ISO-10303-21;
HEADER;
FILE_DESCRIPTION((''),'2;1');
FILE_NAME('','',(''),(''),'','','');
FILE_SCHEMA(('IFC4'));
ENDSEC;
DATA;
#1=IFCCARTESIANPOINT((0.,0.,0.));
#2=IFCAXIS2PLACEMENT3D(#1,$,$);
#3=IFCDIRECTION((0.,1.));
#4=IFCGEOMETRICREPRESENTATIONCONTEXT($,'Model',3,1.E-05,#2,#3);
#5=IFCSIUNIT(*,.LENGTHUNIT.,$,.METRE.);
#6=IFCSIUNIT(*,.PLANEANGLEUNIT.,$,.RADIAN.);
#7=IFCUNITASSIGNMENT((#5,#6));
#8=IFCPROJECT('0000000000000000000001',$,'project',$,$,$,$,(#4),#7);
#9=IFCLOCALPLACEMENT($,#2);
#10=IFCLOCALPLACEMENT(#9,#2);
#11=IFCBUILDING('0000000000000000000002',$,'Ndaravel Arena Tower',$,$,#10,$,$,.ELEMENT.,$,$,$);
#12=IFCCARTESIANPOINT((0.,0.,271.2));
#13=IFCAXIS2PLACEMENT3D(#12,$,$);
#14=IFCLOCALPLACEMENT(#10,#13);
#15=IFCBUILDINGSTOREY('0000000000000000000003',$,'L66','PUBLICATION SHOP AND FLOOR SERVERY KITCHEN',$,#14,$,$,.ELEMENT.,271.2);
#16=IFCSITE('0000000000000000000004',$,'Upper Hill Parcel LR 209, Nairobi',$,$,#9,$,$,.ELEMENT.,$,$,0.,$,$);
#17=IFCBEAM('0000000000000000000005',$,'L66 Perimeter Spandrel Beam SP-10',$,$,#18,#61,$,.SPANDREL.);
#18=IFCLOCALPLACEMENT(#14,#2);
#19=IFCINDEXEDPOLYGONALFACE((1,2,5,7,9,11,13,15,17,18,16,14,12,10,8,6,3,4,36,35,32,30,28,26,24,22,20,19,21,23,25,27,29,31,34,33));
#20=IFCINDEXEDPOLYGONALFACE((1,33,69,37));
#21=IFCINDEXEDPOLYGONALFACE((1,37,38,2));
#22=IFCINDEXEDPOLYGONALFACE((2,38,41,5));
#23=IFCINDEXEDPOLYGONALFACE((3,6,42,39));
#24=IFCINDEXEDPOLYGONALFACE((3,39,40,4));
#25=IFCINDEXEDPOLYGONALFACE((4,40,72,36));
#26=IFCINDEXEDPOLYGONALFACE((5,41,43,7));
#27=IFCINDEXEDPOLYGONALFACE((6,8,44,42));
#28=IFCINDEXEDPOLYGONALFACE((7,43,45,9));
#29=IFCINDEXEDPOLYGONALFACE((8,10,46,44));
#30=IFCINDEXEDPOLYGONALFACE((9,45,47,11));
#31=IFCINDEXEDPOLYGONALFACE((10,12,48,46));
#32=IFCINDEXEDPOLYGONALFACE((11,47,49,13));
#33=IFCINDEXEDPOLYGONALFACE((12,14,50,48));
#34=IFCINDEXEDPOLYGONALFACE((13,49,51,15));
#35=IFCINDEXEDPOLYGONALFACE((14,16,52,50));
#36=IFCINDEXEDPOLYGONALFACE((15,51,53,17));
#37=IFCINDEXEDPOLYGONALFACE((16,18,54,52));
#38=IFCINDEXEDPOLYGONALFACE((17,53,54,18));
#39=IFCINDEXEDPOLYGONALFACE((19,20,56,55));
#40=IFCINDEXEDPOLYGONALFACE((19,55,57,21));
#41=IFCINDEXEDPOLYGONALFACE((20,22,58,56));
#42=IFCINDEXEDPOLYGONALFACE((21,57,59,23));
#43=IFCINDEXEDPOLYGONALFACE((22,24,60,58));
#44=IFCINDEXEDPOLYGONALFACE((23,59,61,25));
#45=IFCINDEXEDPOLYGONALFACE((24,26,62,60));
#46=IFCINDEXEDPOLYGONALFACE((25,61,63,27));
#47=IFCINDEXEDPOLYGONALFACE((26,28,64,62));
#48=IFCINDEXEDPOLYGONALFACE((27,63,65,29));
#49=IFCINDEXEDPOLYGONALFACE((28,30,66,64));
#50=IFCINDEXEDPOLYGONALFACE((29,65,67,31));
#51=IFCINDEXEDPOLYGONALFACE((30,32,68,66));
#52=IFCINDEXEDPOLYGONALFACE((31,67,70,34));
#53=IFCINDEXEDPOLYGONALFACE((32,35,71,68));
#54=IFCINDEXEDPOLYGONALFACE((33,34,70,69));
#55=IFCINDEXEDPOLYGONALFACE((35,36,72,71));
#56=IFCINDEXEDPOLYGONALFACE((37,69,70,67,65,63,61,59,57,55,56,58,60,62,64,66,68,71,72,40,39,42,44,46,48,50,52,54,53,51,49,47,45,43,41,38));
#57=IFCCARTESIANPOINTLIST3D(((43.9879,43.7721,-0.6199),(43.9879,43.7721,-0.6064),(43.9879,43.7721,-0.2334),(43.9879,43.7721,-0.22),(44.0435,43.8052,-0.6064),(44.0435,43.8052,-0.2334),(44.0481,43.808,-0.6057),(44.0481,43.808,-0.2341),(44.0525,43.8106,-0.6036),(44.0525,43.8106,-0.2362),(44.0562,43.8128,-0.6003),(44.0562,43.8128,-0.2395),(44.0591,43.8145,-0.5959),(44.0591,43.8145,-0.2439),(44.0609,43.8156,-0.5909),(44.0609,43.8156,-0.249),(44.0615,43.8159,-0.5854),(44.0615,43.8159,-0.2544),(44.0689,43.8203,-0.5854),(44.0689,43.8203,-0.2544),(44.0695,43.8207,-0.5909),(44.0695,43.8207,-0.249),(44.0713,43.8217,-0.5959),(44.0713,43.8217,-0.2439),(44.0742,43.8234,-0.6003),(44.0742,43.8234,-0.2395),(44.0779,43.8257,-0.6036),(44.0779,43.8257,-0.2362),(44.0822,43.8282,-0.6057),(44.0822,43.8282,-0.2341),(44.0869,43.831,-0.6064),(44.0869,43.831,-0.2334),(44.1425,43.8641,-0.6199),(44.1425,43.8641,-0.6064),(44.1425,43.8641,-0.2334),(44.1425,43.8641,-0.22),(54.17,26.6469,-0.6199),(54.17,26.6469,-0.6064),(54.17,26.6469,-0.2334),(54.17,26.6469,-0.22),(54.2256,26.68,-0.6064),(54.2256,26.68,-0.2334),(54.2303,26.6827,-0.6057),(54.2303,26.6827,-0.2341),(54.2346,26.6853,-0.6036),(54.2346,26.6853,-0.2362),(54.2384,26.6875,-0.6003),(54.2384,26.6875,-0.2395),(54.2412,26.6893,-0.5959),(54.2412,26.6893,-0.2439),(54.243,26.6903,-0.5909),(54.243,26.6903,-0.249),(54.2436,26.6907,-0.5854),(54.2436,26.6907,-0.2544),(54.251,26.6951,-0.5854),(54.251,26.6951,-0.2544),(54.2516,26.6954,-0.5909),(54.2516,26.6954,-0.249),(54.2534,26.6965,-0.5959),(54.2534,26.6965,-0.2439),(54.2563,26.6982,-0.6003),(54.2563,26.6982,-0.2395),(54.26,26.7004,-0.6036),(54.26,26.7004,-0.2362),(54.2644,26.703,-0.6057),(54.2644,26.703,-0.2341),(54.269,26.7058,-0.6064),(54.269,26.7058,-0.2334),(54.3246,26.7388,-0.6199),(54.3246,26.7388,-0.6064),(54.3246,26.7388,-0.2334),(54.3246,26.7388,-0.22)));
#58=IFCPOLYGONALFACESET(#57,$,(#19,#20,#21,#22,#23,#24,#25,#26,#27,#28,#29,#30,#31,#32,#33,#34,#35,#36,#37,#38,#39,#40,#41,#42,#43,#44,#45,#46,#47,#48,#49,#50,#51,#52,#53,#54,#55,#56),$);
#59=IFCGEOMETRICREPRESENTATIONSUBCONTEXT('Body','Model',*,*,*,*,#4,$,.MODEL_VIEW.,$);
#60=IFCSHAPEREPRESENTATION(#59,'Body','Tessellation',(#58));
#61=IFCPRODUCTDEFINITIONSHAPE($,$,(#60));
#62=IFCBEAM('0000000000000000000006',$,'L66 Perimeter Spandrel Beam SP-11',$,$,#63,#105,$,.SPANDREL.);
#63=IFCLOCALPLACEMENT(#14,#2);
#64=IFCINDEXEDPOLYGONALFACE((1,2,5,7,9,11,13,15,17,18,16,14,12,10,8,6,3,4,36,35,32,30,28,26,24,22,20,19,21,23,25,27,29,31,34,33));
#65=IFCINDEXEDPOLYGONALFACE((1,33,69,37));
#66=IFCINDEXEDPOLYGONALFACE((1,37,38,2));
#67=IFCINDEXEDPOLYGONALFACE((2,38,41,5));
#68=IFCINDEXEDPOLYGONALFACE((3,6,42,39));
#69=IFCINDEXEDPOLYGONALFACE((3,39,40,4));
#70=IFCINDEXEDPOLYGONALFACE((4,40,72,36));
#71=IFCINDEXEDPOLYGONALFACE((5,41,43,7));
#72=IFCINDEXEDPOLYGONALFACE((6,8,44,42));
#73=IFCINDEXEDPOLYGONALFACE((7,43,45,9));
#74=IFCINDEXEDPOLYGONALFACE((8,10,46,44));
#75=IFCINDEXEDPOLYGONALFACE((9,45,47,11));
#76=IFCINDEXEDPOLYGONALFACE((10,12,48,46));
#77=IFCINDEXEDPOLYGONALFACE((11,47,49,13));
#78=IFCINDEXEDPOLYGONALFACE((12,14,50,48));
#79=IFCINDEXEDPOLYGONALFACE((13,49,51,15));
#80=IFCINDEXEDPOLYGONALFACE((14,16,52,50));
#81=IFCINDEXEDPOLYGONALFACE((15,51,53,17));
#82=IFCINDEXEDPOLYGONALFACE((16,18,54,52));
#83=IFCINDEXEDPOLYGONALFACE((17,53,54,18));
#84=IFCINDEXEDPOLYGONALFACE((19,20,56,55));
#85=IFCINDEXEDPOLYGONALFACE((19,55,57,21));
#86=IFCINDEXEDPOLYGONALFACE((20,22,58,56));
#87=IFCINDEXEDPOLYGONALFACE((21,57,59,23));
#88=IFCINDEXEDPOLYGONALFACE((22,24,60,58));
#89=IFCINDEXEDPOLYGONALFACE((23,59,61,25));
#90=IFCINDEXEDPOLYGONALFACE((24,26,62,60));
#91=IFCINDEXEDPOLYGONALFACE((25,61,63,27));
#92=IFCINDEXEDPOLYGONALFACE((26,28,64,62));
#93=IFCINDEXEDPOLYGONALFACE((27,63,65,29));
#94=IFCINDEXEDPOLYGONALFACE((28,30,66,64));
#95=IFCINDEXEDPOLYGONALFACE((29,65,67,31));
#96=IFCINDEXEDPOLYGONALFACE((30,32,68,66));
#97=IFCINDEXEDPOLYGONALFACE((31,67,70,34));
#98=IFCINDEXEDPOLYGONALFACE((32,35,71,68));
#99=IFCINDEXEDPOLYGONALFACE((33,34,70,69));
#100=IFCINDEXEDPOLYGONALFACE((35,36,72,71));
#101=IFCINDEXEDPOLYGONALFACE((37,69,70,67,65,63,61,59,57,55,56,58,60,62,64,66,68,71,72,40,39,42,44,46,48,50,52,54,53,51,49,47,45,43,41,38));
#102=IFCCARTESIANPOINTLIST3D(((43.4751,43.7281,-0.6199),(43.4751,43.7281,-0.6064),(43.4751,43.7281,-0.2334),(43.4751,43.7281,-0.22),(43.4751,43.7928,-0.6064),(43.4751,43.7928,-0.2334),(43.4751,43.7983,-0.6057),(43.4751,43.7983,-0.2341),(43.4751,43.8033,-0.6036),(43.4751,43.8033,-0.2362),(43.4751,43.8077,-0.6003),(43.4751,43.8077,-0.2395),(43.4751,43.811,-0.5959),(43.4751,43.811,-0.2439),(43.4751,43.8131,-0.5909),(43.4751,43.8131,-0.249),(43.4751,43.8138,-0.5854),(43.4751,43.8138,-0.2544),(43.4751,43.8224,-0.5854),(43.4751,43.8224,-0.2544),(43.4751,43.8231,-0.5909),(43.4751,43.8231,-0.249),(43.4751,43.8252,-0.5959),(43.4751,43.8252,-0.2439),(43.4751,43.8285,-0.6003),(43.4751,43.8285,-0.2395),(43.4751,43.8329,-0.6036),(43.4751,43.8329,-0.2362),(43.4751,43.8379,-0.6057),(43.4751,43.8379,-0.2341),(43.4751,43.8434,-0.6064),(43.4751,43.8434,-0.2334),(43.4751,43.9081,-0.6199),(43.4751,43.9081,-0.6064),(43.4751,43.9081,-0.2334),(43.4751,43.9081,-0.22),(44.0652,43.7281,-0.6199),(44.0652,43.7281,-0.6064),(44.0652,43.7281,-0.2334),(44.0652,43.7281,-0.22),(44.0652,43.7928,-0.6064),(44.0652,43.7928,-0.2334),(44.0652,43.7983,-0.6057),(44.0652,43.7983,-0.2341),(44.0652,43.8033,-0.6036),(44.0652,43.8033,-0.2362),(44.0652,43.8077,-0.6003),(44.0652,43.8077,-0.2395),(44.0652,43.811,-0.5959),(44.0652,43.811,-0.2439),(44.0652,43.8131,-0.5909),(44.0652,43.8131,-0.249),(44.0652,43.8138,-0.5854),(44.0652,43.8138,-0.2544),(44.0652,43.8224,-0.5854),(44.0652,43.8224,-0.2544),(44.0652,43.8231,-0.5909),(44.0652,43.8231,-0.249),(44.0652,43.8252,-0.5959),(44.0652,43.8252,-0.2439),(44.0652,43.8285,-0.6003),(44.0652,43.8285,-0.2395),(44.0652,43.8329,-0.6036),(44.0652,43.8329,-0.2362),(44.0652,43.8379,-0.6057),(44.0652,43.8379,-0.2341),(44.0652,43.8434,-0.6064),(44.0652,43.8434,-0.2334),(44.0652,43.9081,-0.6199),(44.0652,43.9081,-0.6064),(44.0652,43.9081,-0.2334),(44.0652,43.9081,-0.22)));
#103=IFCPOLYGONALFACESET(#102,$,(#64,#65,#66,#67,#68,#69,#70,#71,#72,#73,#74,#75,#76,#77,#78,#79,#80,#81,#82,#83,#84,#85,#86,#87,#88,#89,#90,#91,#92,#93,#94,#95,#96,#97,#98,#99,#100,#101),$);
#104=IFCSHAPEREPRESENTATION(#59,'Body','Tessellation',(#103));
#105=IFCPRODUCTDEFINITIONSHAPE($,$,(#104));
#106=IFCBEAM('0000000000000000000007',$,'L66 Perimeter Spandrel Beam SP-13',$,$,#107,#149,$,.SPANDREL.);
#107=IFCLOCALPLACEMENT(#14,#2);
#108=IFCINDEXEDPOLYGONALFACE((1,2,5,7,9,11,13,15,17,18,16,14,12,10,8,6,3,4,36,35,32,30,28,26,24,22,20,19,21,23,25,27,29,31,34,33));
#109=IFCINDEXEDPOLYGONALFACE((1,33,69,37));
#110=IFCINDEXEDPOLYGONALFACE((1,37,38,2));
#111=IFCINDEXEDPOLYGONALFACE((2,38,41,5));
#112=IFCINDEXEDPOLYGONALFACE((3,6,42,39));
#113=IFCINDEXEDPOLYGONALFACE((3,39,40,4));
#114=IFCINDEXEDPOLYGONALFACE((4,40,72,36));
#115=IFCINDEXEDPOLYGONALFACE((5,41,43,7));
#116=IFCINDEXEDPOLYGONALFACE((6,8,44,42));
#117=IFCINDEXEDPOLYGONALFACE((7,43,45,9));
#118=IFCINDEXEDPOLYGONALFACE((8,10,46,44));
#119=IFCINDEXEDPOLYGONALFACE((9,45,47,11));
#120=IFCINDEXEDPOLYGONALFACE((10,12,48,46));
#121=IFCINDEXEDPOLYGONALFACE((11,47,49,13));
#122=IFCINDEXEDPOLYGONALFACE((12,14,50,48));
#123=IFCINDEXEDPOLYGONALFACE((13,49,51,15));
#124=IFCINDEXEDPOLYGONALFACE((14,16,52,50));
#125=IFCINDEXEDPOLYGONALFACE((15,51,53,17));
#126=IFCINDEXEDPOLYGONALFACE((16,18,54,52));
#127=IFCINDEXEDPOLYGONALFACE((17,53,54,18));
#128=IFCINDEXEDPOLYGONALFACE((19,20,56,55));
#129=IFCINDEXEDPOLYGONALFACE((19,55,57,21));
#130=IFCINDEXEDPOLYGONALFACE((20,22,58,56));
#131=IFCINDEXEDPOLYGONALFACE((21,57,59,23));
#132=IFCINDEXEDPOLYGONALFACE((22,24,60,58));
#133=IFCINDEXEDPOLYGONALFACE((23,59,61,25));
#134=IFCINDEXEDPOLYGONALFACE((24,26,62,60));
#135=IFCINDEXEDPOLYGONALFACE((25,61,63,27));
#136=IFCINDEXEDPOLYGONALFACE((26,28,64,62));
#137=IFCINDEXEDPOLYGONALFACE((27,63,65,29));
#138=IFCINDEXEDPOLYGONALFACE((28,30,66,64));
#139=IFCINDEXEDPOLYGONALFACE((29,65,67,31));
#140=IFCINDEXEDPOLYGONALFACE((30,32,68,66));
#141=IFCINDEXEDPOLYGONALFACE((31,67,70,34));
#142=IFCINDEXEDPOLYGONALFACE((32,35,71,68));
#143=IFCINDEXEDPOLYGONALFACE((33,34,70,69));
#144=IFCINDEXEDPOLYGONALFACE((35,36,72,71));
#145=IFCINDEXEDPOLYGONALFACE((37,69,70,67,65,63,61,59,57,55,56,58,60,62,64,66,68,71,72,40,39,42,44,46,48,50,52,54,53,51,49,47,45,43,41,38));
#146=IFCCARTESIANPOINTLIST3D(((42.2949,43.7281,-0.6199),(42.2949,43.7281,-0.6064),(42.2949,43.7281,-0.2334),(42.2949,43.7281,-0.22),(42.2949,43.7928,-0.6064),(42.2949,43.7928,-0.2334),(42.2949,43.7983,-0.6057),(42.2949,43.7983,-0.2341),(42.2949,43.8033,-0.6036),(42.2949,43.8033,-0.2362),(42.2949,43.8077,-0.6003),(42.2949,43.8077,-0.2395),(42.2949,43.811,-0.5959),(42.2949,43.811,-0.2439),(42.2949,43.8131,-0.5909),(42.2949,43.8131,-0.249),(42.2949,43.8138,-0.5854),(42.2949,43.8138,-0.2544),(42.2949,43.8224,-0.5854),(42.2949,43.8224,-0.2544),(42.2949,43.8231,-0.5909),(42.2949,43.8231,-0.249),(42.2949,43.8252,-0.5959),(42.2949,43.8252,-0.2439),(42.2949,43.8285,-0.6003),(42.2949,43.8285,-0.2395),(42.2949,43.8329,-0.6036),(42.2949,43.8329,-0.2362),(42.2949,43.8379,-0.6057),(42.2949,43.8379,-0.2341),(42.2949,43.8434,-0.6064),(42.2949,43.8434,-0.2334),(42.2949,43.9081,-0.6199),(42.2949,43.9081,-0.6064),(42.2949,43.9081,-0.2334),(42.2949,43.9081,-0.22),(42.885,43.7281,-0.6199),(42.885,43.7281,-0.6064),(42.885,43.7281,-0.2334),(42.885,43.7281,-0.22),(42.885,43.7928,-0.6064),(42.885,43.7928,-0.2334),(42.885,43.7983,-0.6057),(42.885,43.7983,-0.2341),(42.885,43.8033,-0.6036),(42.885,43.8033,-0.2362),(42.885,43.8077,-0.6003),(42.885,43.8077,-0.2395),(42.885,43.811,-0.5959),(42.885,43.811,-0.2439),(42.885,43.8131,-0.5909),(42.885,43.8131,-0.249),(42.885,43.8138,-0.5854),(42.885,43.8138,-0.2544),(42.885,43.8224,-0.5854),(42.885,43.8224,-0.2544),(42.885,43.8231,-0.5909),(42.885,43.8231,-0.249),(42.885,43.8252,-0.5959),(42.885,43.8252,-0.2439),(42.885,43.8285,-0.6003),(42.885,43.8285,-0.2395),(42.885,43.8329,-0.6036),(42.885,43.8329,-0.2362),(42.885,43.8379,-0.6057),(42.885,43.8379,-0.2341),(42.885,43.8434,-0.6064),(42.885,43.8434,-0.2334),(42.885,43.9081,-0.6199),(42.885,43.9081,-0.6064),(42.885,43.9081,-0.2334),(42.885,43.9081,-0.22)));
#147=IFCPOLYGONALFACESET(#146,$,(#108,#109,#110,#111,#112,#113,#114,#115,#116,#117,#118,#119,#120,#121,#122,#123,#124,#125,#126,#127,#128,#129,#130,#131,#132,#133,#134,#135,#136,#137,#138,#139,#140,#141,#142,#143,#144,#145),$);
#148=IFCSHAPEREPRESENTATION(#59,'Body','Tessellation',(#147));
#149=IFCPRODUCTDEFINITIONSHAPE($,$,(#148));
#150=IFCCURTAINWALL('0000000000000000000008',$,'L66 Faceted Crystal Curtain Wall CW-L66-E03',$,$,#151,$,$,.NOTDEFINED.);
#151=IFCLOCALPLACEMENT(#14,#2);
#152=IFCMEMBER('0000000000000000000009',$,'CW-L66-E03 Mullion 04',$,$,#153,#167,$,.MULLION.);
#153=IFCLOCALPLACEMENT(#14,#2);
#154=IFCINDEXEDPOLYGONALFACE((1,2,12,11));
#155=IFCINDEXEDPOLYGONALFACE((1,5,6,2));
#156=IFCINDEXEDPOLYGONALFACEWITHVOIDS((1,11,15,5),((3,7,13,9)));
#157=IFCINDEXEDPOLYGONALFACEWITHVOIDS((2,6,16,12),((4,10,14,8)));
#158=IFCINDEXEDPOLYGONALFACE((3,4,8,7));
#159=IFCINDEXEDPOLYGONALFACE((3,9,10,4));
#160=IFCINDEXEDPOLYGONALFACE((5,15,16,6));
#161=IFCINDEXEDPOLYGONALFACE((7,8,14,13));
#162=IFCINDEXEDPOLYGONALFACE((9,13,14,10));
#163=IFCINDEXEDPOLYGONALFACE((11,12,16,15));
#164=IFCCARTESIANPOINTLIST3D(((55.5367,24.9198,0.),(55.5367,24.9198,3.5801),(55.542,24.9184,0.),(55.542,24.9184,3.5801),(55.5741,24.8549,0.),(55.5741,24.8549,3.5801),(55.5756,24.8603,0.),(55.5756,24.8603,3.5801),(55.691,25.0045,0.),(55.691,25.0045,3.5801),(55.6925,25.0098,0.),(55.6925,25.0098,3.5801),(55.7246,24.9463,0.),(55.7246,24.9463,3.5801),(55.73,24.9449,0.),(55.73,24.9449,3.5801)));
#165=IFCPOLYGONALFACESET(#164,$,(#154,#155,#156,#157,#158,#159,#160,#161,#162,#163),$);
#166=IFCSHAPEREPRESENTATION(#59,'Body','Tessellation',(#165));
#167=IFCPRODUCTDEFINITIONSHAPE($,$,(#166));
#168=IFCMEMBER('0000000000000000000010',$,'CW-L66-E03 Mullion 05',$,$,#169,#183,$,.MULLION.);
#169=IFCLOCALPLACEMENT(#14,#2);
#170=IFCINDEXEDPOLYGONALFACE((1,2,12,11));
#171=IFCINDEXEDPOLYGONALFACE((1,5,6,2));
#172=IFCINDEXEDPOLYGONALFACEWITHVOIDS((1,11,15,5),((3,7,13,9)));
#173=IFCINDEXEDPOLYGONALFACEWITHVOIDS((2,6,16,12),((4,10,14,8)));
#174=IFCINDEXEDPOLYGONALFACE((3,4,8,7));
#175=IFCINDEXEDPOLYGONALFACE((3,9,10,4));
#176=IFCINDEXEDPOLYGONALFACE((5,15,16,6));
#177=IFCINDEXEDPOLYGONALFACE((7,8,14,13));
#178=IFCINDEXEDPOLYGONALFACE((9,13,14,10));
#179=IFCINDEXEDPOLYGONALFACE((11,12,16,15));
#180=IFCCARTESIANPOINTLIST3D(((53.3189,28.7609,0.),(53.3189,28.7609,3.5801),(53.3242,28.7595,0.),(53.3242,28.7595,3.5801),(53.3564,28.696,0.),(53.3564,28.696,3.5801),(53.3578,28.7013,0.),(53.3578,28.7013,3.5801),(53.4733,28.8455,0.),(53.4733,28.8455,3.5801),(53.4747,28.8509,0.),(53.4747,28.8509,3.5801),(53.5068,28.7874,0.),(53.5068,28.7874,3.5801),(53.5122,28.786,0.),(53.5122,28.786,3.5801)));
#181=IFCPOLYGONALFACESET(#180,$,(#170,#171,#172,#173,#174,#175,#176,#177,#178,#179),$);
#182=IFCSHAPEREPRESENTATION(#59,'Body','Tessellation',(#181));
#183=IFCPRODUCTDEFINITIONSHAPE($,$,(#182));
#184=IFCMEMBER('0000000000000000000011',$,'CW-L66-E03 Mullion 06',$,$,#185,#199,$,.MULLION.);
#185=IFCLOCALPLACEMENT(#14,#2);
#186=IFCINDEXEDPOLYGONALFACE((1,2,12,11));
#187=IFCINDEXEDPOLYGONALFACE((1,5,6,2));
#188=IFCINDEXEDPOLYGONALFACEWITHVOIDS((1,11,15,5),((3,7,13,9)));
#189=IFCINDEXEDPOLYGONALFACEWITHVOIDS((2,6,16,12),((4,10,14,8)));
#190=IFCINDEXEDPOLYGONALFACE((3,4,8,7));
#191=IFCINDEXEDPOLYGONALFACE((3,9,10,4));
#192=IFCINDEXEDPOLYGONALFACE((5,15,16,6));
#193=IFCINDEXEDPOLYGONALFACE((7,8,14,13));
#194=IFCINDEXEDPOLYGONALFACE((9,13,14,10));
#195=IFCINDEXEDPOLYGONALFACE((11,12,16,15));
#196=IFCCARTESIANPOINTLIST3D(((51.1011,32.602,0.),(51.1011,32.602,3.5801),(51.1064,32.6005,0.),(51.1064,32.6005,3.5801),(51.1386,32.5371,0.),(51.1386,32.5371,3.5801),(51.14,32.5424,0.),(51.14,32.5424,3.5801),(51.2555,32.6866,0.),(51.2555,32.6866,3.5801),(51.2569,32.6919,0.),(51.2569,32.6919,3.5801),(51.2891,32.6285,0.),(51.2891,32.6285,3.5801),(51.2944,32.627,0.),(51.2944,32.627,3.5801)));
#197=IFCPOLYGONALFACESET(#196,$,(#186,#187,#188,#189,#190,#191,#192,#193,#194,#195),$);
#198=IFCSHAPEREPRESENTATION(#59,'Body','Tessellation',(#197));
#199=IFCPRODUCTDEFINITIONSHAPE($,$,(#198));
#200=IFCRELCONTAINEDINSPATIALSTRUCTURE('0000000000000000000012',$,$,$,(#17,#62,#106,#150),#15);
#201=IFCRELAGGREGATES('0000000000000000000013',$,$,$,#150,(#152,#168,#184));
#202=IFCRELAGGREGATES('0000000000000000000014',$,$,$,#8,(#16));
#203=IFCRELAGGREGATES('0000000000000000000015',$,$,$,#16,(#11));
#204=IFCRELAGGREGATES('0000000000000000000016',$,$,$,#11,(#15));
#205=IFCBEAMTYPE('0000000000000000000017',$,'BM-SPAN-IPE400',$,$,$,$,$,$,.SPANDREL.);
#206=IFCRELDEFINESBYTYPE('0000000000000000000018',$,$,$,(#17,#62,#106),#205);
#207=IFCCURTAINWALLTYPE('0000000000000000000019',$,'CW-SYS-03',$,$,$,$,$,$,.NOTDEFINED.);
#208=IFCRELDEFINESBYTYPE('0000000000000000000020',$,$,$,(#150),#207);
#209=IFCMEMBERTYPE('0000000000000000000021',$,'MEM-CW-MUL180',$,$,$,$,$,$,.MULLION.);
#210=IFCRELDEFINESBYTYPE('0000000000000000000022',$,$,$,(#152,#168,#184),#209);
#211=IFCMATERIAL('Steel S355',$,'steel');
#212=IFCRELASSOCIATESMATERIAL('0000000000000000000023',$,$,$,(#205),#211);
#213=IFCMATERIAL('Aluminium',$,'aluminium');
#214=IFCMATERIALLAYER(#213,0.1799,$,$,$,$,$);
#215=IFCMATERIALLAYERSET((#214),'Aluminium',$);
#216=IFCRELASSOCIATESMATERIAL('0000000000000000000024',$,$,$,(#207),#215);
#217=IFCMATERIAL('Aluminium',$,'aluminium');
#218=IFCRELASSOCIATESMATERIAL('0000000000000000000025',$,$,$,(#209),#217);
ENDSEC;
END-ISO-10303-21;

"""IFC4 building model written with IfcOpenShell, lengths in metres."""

from ifc_helpers import new_model, si_unit, direction, frame, origin, origin_2d, place, context, subcontext, project, spatial, hollow_rectangle, i_section, extrude, material, layer, layer_set, material_profile, profile_set, type_object, element, aggregate, save


model = new_model("IFC4")

# Units and contexts
model_context = context("Model", 3, precision=1e-05, world=origin(), true_north=direction((0.0, 1.0)))
body_context = subcontext(model_context, "Body", "Model", "MODEL_VIEW")
ifc_project = project(units=[si_unit("LENGTHUNIT", "METRE"), si_unit("PLANEANGLEUNIT", "RADIAN")], contexts=[model_context])

# Site, building, storey
site_placement = place(None, origin())
site = spatial("IfcSite", under=ifc_project, at=site_placement, Name="Upper Hill Parcel LR 209, Nairobi", CompositionType="ELEMENT", RefElevation=0.0)
building_placement = place(site_placement, origin())
building = spatial("IfcBuilding", under=site, at=building_placement, Name="Ndaravel Arena Tower", CompositionType="ELEMENT")
storey_placement = place(building_placement, frame((0.0, 0.0, 271.2)))
storey = spatial("IfcBuildingStorey", under=building, at=storey_placement, Name="L66", Description="PUBLICATION SHOP AND FLOOR SERVERY KITCHEN", CompositionType="ELEMENT", Elevation=271.2)

# Beams
ifc_material_1 = material(Name="Steel S355", Category="steel")
ifc_material_profile_1 = material_profile(ifc_material_1, i_section(OverallWidth=0.1799, OverallDepth=0.3999, WebThickness=0.0085, FlangeThickness=0.0134, FilletRadius=0.021, at=origin_2d()), Name="IPE 400")
ifc_profile_set_1 = profile_set([ifc_material_profile_1], Name="Steel S355")
beam_type_1 = type_object("IfcBeamType", Name="BM-SPAN-IPE400", PredefinedType="SPANDREL", material=ifc_profile_set_1)
beam_1_placement = place(storey_placement, frame((54.2473, 26.6929, -0.4199), z_axis=(-0.511059, 0.859546, 0.0), x_axis=(-0.859546, -0.511059, 0.0)))
element("IfcBeam", 1, at=beam_1_placement, inside=storey, type_object=beam_type_1, Name="L66 Perimeter Spandrel Beam SP-10", PredefinedType="SPANDREL", context=body_context, shape_type="SweptSolid", body=[
    extrude(i_section(OverallWidth=0.1799, OverallDepth=0.3999, WebThickness=0.0085, FlangeThickness=0.0134, FilletRadius=0.021, at=origin_2d()), origin(), (0.0, 0.0, 1.0), 19.9236),
])
for number, where, z_axis, x_axis, name in (
    (2, (44.0652, 43.8181, -0.4199), (-1.0, 0.0, 0.0), (0.0, -1.0, 0.0), "L66 Perimeter Spandrel Beam SP-11"),
    (3, (42.885, 43.8181, -0.4199), (-1.0, 0.0, 0.0), (0.0, -1.0, 0.0), "L66 Perimeter Spandrel Beam SP-13"),
):
    element("IfcBeam", number, at=place(storey_placement, frame(where, z_axis=z_axis, x_axis=x_axis)), inside=storey, type_object=beam_type_1, Name=name, PredefinedType="SPANDREL", context=body_context, shape_type="SweptSolid", body=[
        extrude(i_section(OverallWidth=0.1799, OverallDepth=0.3999, WebThickness=0.0085, FlangeThickness=0.0134, FilletRadius=0.021, at=origin_2d()), origin(), (0.0, 0.0, 1.0), 0.5901),
    ])

# Curtain wall, members
ifc_material_2 = material(Name="Aluminium", Category="aluminium")
ifc_layer_1 = layer(ifc_material_2, 0.1799)
ifc_layer_set_1 = layer_set([ifc_layer_1], Name="Aluminium")
curtain_wall_type_1 = type_object("IfcCurtainWallType", Name="CW-SYS-03", PredefinedType="NOTDEFINED", material=ifc_layer_set_1)
curtain_wall_1_placement = place(storey_placement, origin())
curtain_wall_1 = element("IfcCurtainWall", 4, at=curtain_wall_1_placement, inside=storey, type_object=curtain_wall_type_1, Name="L66 Faceted Crystal Curtain Wall CW-L66-E03", PredefinedType="NOTDEFINED")
ifc_material_3 = material(Name="Aluminium", Category="aluminium")
ifc_material_profile_2 = material_profile(ifc_material_3, hollow_rectangle(XDim=0.075, YDim=0.1799, WallThickness=0.0039, at=origin_2d()), Name="CW MULLION 75x180x4")
ifc_profile_set_2 = profile_set([ifc_material_profile_2], Name="Aluminium")
member_type_1 = type_object("IfcMemberType", Name="MEM-CW-MUL180", PredefinedType="MULLION", material=ifc_profile_set_2)
member_1_placement = place(storey_placement, frame((55.6333, 24.9324, 0.0), z_axis=(0.0, 0.0, 1.0), x_axis=(-0.5, 0.866025, 0.0)))
member_1 = element("IfcMember", 5, at=member_1_placement, type_object=member_type_1, Name="CW-L66-E03 Mullion 04", PredefinedType="MULLION", context=body_context, shape_type="SweptSolid", body=[
    extrude(hollow_rectangle(XDim=0.075, YDim=0.1799, WallThickness=0.0039, at=origin_2d()), origin(), (0.0, 0.0, 1.0), 3.5801),
])
member_2_placement = place(storey_placement, frame((53.4155, 28.7734, 0.0), z_axis=(0.0, 0.0, 1.0), x_axis=(-0.5, 0.866025, 0.0)))
member_2 = element("IfcMember", 6, at=member_2_placement, type_object=member_type_1, Name="CW-L66-E03 Mullion 05", PredefinedType="MULLION", context=body_context, shape_type="SweptSolid", body=[
    extrude(hollow_rectangle(XDim=0.075, YDim=0.1799, WallThickness=0.0039, at=origin_2d()), origin(), (0.0, 0.0, 1.0), 3.5801),
])
member_3_placement = place(storey_placement, frame((51.1978, 32.6145, 0.0), z_axis=(0.0, 0.0, 1.0), x_axis=(-0.5, 0.866025, 0.0)))
member_3 = element("IfcMember", 7, at=member_3_placement, type_object=member_type_1, Name="CW-L66-E03 Mullion 06", PredefinedType="MULLION", context=body_context, shape_type="SweptSolid", body=[
    extrude(hollow_rectangle(XDim=0.075, YDim=0.1799, WallThickness=0.0039, at=origin_2d()), origin(), (0.0, 0.0, 1.0), 3.5801),
])

aggregate(curtain_wall_1, [member_1, member_2, member_3])

save(model, "model.ifc")
